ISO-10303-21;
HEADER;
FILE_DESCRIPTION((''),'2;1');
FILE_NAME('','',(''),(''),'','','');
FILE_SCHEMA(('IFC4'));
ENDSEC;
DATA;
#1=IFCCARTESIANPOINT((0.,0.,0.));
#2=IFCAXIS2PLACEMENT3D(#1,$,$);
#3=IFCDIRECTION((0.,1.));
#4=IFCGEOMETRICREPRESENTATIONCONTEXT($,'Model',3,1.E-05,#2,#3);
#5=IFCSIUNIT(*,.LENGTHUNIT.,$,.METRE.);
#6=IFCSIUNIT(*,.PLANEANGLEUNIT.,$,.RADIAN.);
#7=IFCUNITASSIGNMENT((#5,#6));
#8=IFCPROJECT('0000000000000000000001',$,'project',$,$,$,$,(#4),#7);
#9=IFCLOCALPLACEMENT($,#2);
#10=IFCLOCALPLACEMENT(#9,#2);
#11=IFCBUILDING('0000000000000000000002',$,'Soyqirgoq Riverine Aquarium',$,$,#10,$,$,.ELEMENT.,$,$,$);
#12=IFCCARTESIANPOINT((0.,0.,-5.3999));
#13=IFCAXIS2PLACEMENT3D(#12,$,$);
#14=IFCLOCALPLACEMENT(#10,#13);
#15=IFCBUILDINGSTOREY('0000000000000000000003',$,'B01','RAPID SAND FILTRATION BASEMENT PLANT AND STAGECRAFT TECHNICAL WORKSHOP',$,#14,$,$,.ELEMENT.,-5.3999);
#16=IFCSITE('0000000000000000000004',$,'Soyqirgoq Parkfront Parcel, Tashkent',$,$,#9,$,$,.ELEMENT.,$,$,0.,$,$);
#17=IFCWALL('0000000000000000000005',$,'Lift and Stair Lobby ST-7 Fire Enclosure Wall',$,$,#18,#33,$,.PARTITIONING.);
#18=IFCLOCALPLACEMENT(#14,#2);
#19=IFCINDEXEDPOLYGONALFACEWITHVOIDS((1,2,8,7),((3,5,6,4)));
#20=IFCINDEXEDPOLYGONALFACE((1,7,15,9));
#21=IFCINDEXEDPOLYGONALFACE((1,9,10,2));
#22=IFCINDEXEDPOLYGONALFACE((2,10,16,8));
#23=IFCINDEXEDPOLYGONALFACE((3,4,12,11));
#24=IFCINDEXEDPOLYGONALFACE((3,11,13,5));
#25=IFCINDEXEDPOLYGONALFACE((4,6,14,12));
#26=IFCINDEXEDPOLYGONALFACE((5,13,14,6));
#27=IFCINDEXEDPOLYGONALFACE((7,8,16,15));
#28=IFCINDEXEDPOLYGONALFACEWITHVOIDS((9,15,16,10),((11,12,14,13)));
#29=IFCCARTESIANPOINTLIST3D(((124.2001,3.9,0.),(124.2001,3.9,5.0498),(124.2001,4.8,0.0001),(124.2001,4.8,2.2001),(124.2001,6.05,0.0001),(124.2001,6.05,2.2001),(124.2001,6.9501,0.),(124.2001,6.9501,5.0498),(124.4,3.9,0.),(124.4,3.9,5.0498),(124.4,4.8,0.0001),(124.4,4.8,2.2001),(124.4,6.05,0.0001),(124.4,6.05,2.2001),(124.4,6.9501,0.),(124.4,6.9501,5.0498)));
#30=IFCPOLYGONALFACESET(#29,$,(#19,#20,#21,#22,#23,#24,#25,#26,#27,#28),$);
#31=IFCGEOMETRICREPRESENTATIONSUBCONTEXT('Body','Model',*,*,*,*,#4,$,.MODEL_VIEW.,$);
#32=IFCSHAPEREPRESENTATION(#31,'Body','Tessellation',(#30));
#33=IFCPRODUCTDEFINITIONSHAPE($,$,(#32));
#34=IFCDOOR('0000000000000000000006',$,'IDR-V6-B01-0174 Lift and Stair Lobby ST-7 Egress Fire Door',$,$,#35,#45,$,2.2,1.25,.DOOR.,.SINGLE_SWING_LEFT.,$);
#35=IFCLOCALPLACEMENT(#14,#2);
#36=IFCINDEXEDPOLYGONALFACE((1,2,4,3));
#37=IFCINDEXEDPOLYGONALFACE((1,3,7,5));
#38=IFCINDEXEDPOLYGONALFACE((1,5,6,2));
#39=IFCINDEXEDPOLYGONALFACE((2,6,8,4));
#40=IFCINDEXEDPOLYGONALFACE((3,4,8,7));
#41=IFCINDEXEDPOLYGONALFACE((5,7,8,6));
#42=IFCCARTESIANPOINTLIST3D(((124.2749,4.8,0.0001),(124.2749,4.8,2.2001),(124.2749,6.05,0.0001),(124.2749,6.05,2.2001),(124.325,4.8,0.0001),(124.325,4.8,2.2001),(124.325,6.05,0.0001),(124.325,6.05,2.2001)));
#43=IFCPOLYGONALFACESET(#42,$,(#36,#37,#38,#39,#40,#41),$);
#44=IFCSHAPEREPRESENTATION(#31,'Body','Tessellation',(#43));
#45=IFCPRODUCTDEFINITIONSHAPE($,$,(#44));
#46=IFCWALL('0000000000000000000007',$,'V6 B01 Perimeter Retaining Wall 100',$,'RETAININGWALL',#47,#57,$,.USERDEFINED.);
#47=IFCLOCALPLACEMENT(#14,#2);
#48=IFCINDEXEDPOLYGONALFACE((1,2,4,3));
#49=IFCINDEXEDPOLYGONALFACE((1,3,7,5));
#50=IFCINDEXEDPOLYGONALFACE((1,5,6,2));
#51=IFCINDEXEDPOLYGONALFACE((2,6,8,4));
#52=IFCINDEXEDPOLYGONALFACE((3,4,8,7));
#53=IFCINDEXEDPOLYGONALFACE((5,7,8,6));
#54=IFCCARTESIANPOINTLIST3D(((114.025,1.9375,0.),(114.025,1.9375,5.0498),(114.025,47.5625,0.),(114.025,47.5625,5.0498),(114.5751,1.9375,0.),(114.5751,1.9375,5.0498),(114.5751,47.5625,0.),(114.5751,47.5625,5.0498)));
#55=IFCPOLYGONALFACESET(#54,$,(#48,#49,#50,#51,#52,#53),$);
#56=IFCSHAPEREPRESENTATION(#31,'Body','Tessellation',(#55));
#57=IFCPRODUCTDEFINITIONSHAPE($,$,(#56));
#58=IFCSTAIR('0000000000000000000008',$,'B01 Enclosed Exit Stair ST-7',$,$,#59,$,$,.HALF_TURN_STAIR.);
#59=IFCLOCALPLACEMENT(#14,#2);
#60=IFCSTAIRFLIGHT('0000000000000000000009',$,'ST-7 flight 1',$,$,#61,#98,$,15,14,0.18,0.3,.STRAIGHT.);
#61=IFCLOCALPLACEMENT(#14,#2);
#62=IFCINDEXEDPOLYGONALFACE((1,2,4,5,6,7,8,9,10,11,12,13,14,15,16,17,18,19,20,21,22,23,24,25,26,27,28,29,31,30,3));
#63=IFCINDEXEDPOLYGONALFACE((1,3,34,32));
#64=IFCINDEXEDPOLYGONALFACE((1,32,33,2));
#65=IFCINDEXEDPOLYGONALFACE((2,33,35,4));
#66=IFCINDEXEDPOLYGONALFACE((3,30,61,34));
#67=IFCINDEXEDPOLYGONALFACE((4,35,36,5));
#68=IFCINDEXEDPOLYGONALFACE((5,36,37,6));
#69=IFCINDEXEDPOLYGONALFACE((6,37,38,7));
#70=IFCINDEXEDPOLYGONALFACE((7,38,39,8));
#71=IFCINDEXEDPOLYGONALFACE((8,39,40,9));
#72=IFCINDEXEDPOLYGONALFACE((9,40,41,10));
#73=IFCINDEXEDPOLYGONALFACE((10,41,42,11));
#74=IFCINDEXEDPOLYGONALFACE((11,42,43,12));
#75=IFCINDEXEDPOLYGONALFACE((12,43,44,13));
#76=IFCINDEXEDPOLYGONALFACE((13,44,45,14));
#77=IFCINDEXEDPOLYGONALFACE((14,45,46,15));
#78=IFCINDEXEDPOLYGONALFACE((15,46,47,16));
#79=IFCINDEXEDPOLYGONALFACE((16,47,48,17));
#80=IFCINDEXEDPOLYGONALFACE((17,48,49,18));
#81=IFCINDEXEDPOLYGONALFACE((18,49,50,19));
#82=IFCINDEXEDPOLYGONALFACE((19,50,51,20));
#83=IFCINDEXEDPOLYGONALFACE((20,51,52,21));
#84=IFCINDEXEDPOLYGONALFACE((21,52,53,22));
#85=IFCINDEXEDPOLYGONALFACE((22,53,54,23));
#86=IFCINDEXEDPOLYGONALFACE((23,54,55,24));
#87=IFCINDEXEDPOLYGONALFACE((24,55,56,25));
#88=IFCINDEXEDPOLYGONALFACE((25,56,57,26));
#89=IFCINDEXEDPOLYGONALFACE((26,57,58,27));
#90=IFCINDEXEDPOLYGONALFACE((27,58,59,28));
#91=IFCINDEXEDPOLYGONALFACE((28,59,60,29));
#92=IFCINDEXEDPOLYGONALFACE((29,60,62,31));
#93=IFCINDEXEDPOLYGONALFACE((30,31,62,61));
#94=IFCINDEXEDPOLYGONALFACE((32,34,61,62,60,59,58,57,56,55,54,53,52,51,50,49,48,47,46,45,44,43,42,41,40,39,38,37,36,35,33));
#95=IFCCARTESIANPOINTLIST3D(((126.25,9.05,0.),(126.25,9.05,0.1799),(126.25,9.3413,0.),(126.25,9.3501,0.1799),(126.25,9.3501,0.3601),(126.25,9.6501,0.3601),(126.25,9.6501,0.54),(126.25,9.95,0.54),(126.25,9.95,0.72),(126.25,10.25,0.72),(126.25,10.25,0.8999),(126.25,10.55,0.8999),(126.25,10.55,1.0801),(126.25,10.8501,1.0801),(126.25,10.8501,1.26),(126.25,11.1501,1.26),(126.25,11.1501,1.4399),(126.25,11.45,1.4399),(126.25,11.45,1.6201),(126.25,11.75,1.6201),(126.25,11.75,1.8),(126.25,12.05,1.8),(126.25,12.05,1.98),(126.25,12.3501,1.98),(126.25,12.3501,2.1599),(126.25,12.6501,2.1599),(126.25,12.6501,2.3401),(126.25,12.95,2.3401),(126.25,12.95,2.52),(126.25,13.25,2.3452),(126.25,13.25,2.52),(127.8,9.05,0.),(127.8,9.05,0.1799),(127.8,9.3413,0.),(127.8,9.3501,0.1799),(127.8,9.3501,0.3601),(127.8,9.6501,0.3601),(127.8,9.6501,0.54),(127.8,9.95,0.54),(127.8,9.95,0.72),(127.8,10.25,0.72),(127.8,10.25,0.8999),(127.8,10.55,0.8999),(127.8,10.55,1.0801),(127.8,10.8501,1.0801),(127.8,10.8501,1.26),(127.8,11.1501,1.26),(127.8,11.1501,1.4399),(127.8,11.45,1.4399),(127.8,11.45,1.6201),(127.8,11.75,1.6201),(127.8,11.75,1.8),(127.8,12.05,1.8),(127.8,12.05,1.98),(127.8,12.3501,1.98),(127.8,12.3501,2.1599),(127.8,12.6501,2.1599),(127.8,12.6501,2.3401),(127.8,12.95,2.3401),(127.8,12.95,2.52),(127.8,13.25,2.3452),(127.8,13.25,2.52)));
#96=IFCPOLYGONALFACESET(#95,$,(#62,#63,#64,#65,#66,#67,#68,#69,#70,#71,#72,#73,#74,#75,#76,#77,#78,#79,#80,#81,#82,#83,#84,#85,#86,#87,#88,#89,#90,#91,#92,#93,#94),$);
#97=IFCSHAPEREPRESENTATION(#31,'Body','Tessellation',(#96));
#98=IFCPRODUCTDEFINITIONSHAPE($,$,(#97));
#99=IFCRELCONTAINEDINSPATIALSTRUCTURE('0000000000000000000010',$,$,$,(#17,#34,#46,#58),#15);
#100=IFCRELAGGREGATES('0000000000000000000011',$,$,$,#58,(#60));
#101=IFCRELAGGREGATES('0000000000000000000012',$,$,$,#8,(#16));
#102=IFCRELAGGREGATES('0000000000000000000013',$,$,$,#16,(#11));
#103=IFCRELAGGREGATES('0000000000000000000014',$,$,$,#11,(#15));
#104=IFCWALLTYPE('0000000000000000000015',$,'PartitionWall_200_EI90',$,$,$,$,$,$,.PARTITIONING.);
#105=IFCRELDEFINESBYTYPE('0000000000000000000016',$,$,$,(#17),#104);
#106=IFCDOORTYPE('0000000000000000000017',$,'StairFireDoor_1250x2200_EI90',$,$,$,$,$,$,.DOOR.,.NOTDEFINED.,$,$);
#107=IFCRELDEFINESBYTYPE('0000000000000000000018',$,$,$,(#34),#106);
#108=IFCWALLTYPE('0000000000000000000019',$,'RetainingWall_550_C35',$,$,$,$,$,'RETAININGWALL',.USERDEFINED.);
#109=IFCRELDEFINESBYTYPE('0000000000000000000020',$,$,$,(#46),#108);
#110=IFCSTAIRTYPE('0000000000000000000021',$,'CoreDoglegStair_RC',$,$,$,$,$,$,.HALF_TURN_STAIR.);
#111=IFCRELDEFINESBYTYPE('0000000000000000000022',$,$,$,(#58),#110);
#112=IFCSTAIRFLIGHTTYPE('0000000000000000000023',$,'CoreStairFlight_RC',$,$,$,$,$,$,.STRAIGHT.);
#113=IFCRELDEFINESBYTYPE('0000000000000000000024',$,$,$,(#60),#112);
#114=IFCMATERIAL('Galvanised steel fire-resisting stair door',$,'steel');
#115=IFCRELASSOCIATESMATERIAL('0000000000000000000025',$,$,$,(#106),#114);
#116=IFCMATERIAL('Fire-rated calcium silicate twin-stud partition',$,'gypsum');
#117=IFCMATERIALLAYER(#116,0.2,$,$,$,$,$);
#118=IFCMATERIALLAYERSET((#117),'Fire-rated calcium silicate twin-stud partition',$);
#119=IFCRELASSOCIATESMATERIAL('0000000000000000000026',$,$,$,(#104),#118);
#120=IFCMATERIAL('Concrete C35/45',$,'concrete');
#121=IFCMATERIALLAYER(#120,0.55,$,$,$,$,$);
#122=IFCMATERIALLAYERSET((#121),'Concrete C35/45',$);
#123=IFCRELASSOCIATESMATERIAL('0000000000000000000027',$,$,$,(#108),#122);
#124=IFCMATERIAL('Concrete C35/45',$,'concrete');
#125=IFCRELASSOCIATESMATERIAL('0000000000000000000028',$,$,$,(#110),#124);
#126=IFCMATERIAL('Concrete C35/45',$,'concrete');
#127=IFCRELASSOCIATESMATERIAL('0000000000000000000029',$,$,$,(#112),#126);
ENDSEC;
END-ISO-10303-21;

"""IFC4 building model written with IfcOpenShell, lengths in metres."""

from ifc_helpers import new_model, si_unit, direction, frame, frame_2d, origin, place, context, subcontext, project, spatial, polyline, rectangle, outline, extrude, material, layer, layer_set, type_object, element, fill, aggregate, save


model = new_model("IFC4")

# Units and contexts
model_context = context("Model", 3, precision=1e-05, world=origin(), true_north=direction((0.0, 1.0)))
body_context = subcontext(model_context, "Body", "Model", "MODEL_VIEW")
ifc_project = project(units=[si_unit("LENGTHUNIT", "METRE"), si_unit("PLANEANGLEUNIT", "RADIAN")], contexts=[model_context])

# Site, building, storey
site_placement = place(None, origin())
site = spatial("IfcSite", under=ifc_project, at=site_placement, Name="Soyqirgoq Parkfront Parcel, Tashkent", CompositionType="ELEMENT", RefElevation=0.0)
building_placement = place(site_placement, origin())
building = spatial("IfcBuilding", under=site, at=building_placement, Name="Soyqirgoq Riverine Aquarium", CompositionType="ELEMENT")
storey_placement = place(building_placement, frame((0.0, 0.0, -5.3999)))
storey = spatial("IfcBuildingStorey", under=building, at=storey_placement, Name="B01", Description="RAPID SAND FILTRATION BASEMENT PLANT AND STAGECRAFT TECHNICAL WORKSHOP", CompositionType="ELEMENT", Elevation=-5.3999)

# Shared definitions
ifc_material_1 = material(Name="Galvanised steel fire-resisting stair door", Category="steel")
door_type_1 = type_object("IfcDoorType", Name="StairFireDoor_1250x2200_EI90", OperationType="NOTDEFINED", PredefinedType="DOOR", material=ifc_material_1)

# Wall, opening, door
ifc_material_2 = material(Name="Fire-rated calcium silicate twin-stud partition", Category="gypsum")
ifc_layer_1 = layer(ifc_material_2, 0.2)
ifc_layer_set_1 = layer_set([ifc_layer_1], Name="Fire-rated calcium silicate twin-stud partition")
wall_type_1 = type_object("IfcWallType", Name="PartitionWall_200_EI90", PredefinedType="PARTITIONING", material=ifc_layer_set_1)
wall_1_placement = place(storey_placement, frame((124.3, 6.95, 0.0), z_axis=(0.0, 0.0, 1.0), x_axis=(0.0, -1.0, 0.0)))
wall_1 = element("IfcWall", 1, at=wall_1_placement, inside=storey, type_object=wall_type_1, Name="Lift and Stair Lobby ST-7 Fire Enclosure Wall", PredefinedType="PARTITIONING", context=body_context, shape_type="SweptSolid", body=[
    extrude(rectangle(XDim=3.05, YDim=0.2, at=frame_2d((1.5249, 0.0))), origin(), (0.0, 0.0, 1.0), 5.0498),
])
opening_1_placement = place(wall_1_placement, frame((0.8999, 0.0, 0.0)))
opening_1 = element("IfcOpeningElement", 2, at=opening_1_placement, cuts=wall_1, PredefinedType="OPENING", context=body_context, shape_type="SweptSolid", body=[
    extrude(rectangle(XDim=1.25, YDim=2.2, at=frame_2d((0.625, 1.1001))), frame((0.0, 0.1099, 0.0), z_axis=(0.0, -1.0, 0.0), x_axis=(1.0, 0.0, 0.0)), (0.0, 0.0, 1.0), 0.22),
])
door_1_placement = place(opening_1_placement, origin())
door_1 = element("IfcDoor", 3, at=door_1_placement, inside=storey, type_object=door_type_1, Name="IDR-V6-B01-0174 Lift and Stair Lobby ST-7 Egress Fire Door", OperationType="SINGLE_SWING_LEFT", OverallHeight=2.2, OverallWidth=1.25, PredefinedType="DOOR", context=body_context, shape_type="SweptSolid", body=[
    extrude(rectangle(XDim=1.25, YDim=2.2, at=frame_2d((0.625, 1.1001))), frame((0.0, 0.0249, 0.0), z_axis=(0.0, -1.0, 0.0), x_axis=(1.0, 0.0, 0.0)), (0.0, 0.0, 1.0), 0.05),
])
fill(opening_1, door_1)

# Wall
ifc_material_3 = material(Name="Concrete C35/45", Category="concrete")
ifc_layer_2 = layer(ifc_material_3, 0.55)
ifc_layer_set_2 = layer_set([ifc_layer_2], Name="Concrete C35/45")
wall_type_2 = type_object("IfcWallType", Name="RetainingWall_550_C35", ElementType="RETAININGWALL", PredefinedType="USERDEFINED", material=ifc_layer_set_2)
wall_2_placement = place(storey_placement, frame((114.3, 1.9375, 0.0), z_axis=(0.0, 0.0, 1.0), x_axis=(0.0, 1.0, 0.0)))
element("IfcWall", 4, at=wall_2_placement, inside=storey, type_object=wall_type_2, Name="V6 B01 Perimeter Retaining Wall 100", ObjectType="RETAININGWALL", PredefinedType="USERDEFINED", context=body_context, shape_type="SweptSolid", body=[
    extrude(rectangle(XDim=45.625, YDim=0.55, at=frame_2d((22.8125, 0.0))), origin(), (0.0, 0.0, 1.0), 5.0498),
])

# Stair, stair flight
ifc_material_4 = material(Name="Concrete C35/45", Category="concrete")
stair_type = type_object("IfcStairType", Name="CoreDoglegStair_RC", PredefinedType="HALF_TURN_STAIR", material=ifc_material_4)
stair_placement = place(storey_placement, origin())
stair = element("IfcStair", 5, at=stair_placement, inside=storey, type_object=stair_type, Name="B01 Enclosed Exit Stair ST-7", PredefinedType="HALF_TURN_STAIR")
ifc_material_5 = material(Name="Concrete C35/45", Category="concrete")
stair_flight_type = type_object("IfcStairFlightType", Name="CoreStairFlight_RC", PredefinedType="STRAIGHT", material=ifc_material_5)
stair_flight_placement = place(storey_placement, frame((127.0249, 9.05, 0.0), z_axis=(0.0, 0.0, 1.0), x_axis=(0.0, 1.0, 0.0)))
stair_flight = element("IfcStairFlight", 6, at=stair_flight_placement, type_object=stair_flight_type, Name="ST-7 flight 1", NumberOfRisers=15, NumberOfTreads=14, PredefinedType="STRAIGHT", RiserHeight=0.18, TreadLength=0.3, context=body_context, shape_type="SweptSolid", body=[
    extrude(outline(polyline([(0.0, 0.0), (0.0, 0.1799), (0.3, 0.1799), (0.3, 0.3601), (0.6001, 0.3601), (0.6001, 0.54), (0.8999, 0.54), (0.8999, 0.72), (1.2, 0.72), (1.2, 0.8999), (1.5, 0.8999), (1.5, 1.0801), (1.8, 1.0801), (1.8, 1.26), (2.1001, 1.26), (2.1001, 1.4399), (2.3999, 1.4399), (2.3999, 1.6201), (2.7, 1.6201), (2.7, 1.8), (3.0, 1.8), (3.0, 1.98), (3.3, 1.98), (3.3, 2.1599), (3.6001, 2.1599), (3.6001, 2.3401), (3.8999, 2.3401), (3.8999, 2.52), (4.2, 2.52), (4.2, 2.7), (4.2, 2.3452), (0.2913, 0.0), (0.0, 0.0)])), frame((0.0, 0.7749, 0.0), z_axis=(0.0, -1.0, 0.0), x_axis=(1.0, 0.0, 0.0)), (0.0, 0.0, 1.0), 1.55),
])
aggregate(stair, [stair_flight])

save(model, "model.ifc")
